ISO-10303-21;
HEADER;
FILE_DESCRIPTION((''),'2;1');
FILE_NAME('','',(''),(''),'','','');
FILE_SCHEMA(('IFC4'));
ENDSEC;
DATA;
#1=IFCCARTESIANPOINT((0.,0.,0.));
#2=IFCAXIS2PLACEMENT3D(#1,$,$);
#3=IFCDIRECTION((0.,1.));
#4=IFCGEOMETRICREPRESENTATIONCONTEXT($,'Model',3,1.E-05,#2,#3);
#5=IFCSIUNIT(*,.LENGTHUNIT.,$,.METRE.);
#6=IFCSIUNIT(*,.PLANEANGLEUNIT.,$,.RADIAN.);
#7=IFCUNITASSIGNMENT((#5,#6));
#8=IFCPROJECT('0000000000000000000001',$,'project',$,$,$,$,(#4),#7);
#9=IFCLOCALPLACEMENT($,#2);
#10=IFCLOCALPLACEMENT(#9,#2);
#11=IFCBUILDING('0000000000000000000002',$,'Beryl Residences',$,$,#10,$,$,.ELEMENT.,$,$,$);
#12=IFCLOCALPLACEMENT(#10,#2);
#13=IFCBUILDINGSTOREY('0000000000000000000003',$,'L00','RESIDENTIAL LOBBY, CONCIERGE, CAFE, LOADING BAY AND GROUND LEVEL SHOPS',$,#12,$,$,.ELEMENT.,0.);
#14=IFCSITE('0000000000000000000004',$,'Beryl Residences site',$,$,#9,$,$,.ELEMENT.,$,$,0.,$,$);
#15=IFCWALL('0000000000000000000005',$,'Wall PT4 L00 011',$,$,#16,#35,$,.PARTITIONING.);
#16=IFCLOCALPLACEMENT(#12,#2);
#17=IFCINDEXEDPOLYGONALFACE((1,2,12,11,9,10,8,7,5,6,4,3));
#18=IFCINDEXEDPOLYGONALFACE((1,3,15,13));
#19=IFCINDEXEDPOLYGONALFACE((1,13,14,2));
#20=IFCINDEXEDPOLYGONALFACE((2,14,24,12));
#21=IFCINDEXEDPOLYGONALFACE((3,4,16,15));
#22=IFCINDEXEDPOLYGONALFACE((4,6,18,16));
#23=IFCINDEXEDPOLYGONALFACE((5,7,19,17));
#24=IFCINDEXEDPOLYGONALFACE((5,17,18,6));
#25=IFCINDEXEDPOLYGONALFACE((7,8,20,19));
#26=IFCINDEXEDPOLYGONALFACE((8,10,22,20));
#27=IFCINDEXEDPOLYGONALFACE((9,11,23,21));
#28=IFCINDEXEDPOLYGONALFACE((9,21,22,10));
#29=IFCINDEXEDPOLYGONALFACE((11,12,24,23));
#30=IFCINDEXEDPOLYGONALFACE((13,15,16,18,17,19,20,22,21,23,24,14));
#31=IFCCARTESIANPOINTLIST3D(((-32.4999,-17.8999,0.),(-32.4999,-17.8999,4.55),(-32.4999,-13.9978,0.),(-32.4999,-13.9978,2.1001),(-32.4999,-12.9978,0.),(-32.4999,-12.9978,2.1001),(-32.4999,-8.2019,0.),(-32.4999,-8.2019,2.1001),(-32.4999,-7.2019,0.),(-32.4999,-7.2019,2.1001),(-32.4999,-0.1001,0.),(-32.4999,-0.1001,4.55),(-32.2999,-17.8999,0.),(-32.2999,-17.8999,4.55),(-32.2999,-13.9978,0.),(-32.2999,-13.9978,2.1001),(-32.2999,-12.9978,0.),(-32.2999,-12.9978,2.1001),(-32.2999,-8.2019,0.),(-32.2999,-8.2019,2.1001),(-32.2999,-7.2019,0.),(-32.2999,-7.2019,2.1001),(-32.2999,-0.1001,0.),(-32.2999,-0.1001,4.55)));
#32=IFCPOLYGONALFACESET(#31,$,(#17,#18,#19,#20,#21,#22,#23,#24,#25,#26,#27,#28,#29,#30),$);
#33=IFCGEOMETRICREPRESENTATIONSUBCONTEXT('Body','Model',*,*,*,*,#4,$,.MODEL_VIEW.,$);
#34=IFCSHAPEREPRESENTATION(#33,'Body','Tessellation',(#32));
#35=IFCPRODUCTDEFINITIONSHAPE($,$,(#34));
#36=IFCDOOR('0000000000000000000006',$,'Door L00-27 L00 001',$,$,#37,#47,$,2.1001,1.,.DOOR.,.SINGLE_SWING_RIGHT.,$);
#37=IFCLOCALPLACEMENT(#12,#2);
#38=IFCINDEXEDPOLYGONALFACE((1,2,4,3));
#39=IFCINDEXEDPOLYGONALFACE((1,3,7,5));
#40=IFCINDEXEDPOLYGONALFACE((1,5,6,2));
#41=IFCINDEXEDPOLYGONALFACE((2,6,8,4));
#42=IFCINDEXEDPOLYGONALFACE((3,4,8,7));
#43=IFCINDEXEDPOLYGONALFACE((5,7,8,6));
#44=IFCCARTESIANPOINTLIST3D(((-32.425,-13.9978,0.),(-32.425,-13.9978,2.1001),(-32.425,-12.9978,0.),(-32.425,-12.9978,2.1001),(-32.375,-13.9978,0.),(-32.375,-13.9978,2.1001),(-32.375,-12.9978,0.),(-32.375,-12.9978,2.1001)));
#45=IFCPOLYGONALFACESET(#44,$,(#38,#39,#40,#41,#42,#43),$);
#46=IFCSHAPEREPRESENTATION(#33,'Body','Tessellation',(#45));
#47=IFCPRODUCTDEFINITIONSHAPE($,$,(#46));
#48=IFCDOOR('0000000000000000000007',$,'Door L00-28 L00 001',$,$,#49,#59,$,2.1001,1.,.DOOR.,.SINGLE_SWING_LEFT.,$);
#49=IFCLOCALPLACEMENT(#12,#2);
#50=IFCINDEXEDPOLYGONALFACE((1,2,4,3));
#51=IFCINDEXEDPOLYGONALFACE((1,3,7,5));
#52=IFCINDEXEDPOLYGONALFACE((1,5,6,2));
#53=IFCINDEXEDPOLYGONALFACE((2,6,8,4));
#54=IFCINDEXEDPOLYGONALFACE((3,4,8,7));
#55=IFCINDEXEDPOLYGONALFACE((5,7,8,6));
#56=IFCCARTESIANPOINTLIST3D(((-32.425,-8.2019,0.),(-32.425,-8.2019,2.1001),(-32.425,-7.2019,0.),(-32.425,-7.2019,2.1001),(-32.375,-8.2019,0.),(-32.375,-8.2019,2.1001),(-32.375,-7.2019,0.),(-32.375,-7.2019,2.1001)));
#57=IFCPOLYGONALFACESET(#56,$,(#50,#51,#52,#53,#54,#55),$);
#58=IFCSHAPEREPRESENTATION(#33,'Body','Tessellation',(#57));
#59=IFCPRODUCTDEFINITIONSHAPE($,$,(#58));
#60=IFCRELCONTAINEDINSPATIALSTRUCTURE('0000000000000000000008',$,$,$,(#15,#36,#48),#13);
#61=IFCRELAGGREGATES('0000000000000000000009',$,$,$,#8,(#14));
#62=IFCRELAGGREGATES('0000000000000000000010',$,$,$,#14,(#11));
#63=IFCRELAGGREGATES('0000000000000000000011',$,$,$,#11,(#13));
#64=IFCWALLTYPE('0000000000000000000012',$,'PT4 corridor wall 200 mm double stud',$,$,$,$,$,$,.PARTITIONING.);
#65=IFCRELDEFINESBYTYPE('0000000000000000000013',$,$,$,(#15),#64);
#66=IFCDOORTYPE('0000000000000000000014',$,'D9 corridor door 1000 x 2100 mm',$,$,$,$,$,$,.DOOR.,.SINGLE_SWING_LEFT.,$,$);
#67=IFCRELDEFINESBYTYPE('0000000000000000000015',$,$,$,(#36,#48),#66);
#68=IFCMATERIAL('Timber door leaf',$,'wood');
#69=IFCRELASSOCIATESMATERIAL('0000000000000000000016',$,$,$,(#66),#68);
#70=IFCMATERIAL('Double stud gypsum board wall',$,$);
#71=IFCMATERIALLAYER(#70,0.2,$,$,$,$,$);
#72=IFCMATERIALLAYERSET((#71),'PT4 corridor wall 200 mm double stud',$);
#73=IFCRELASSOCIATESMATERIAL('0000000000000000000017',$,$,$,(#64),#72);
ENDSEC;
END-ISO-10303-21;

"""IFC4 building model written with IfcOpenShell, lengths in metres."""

from ifc_helpers import new_model, si_unit, direction, frame, frame_2d, origin, place, context, subcontext, project, spatial, rectangle, extrude, material, layer, layer_set, type_object, element, fill, save


model = new_model("IFC4")

# Units and contexts
model_context = context("Model", 3, precision=1e-05, world=origin(), true_north=direction((0.0, 1.0)))
body_context = subcontext(model_context, "Body", "Model", "MODEL_VIEW")
ifc_project = project(units=[si_unit("LENGTHUNIT", "METRE"), si_unit("PLANEANGLEUNIT", "RADIAN")], contexts=[model_context])

# Site, building, storey
site_placement = place(None, origin())
site = spatial("IfcSite", under=ifc_project, at=site_placement, Name="Beryl Residences site", CompositionType="ELEMENT", RefElevation=0.0)
building_placement = place(site_placement, origin())
building = spatial("IfcBuilding", under=site, at=building_placement, Name="Beryl Residences", CompositionType="ELEMENT")
storey_placement = place(building_placement, origin())
storey = spatial("IfcBuildingStorey", under=building, at=storey_placement, Name="L00", Description="RESIDENTIAL LOBBY, CONCIERGE, CAFE, LOADING BAY AND GROUND LEVEL SHOPS", CompositionType="ELEMENT", Elevation=0.0)

# Wall, openings, doors
ifc_material_1 = material(Name="Timber door leaf", Category="wood")
door_type_1 = type_object("IfcDoorType", Name="D9 corridor door 1000 x 2100 mm", OperationType="SINGLE_SWING_LEFT", PredefinedType="DOOR", material=ifc_material_1)
ifc_material_2 = material(Name="Double stud gypsum board wall")
ifc_layer_1 = layer(ifc_material_2, 0.2)
ifc_layer_set_1 = layer_set([ifc_layer_1], Name="PT4 corridor wall 200 mm double stud")
wall_type_1 = type_object("IfcWallType", Name="PT4 corridor wall 200 mm double stud", PredefinedType="PARTITIONING", material=ifc_layer_set_1)
wall_1_placement = place(storey_placement, frame((-32.3999, -17.8999, 0.0), z_axis=(0.0, 0.0, 1.0), x_axis=(0.0, 1.0, 0.0)))
wall_1 = element("IfcWall", 1, at=wall_1_placement, inside=storey, type_object=wall_type_1, Name="Wall PT4 L00 011", PredefinedType="PARTITIONING", context=body_context, shape_type="SweptSolid", body=[
    extrude(rectangle(XDim=17.7998, YDim=0.2, at=frame_2d((8.8999, 0.0))), origin(), (0.0, 0.0, 1.0), 4.55),
])
opening_1_placement = place(wall_1_placement, frame((4.9021, 0.0, 0.0), z_axis=(0.0, 0.0, 1.0), x_axis=(-1.0, 0.0, 0.0)))
opening_1 = element("IfcOpeningElement", 2, at=opening_1_placement, cuts=wall_1, PredefinedType="OPENING", context=body_context, shape_type="SweptSolid", body=[
    extrude(rectangle(XDim=1.0, YDim=2.1001, at=frame_2d((0.5, 1.05))), frame((0.0, 0.1099, 0.0), z_axis=(0.0, -1.0, 0.0), x_axis=(1.0, 0.0, 0.0)), (0.0, 0.0, 1.0), 0.22),
])
opening_2_placement = place(wall_1_placement, frame((10.698, 0.0, 0.0), z_axis=(0.0, 0.0, 1.0), x_axis=(-1.0, 0.0, 0.0)))
opening_2 = element("IfcOpeningElement", 3, at=opening_2_placement, cuts=wall_1, PredefinedType="OPENING", context=body_context, shape_type="SweptSolid", body=[
    extrude(rectangle(XDim=1.0, YDim=2.1001, at=frame_2d((0.5, 1.05))), frame((0.0, 0.1099, 0.0), z_axis=(0.0, -1.0, 0.0), x_axis=(1.0, 0.0, 0.0)), (0.0, 0.0, 1.0), 0.22),
])
door_1_placement = place(opening_1_placement, origin())
door_1 = element("IfcDoor", 4, at=door_1_placement, inside=storey, type_object=door_type_1, Name="Door L00-27 L00 001", OperationType="SINGLE_SWING_RIGHT", OverallHeight=2.1001, OverallWidth=1.0, PredefinedType="DOOR", context=body_context, shape_type="SweptSolid", body=[
    extrude(rectangle(XDim=1.0, YDim=2.1001, at=frame_2d((0.5, 1.05))), frame((0.0, 0.0249, 0.0), z_axis=(0.0, -1.0, 0.0), x_axis=(1.0, 0.0, 0.0)), (0.0, 0.0, 1.0), 0.05),
])
fill(opening_1, door_1)
door_2_placement = place(opening_2_placement, origin())
door_2 = element("IfcDoor", 5, at=door_2_placement, inside=storey, type_object=door_type_1, Name="Door L00-28 L00 001", OperationType="SINGLE_SWING_LEFT", OverallHeight=2.1001, OverallWidth=1.0, PredefinedType="DOOR", context=body_context, shape_type="SweptSolid", body=[
    extrude(rectangle(XDim=1.0, YDim=2.1001, at=frame_2d((0.5, 1.05))), frame((0.0, 0.0249, 0.0), z_axis=(0.0, -1.0, 0.0), x_axis=(1.0, 0.0, 0.0)), (0.0, 0.0, 1.0), 0.05),
])
fill(opening_2, door_2)

save(model, "model.ifc")
